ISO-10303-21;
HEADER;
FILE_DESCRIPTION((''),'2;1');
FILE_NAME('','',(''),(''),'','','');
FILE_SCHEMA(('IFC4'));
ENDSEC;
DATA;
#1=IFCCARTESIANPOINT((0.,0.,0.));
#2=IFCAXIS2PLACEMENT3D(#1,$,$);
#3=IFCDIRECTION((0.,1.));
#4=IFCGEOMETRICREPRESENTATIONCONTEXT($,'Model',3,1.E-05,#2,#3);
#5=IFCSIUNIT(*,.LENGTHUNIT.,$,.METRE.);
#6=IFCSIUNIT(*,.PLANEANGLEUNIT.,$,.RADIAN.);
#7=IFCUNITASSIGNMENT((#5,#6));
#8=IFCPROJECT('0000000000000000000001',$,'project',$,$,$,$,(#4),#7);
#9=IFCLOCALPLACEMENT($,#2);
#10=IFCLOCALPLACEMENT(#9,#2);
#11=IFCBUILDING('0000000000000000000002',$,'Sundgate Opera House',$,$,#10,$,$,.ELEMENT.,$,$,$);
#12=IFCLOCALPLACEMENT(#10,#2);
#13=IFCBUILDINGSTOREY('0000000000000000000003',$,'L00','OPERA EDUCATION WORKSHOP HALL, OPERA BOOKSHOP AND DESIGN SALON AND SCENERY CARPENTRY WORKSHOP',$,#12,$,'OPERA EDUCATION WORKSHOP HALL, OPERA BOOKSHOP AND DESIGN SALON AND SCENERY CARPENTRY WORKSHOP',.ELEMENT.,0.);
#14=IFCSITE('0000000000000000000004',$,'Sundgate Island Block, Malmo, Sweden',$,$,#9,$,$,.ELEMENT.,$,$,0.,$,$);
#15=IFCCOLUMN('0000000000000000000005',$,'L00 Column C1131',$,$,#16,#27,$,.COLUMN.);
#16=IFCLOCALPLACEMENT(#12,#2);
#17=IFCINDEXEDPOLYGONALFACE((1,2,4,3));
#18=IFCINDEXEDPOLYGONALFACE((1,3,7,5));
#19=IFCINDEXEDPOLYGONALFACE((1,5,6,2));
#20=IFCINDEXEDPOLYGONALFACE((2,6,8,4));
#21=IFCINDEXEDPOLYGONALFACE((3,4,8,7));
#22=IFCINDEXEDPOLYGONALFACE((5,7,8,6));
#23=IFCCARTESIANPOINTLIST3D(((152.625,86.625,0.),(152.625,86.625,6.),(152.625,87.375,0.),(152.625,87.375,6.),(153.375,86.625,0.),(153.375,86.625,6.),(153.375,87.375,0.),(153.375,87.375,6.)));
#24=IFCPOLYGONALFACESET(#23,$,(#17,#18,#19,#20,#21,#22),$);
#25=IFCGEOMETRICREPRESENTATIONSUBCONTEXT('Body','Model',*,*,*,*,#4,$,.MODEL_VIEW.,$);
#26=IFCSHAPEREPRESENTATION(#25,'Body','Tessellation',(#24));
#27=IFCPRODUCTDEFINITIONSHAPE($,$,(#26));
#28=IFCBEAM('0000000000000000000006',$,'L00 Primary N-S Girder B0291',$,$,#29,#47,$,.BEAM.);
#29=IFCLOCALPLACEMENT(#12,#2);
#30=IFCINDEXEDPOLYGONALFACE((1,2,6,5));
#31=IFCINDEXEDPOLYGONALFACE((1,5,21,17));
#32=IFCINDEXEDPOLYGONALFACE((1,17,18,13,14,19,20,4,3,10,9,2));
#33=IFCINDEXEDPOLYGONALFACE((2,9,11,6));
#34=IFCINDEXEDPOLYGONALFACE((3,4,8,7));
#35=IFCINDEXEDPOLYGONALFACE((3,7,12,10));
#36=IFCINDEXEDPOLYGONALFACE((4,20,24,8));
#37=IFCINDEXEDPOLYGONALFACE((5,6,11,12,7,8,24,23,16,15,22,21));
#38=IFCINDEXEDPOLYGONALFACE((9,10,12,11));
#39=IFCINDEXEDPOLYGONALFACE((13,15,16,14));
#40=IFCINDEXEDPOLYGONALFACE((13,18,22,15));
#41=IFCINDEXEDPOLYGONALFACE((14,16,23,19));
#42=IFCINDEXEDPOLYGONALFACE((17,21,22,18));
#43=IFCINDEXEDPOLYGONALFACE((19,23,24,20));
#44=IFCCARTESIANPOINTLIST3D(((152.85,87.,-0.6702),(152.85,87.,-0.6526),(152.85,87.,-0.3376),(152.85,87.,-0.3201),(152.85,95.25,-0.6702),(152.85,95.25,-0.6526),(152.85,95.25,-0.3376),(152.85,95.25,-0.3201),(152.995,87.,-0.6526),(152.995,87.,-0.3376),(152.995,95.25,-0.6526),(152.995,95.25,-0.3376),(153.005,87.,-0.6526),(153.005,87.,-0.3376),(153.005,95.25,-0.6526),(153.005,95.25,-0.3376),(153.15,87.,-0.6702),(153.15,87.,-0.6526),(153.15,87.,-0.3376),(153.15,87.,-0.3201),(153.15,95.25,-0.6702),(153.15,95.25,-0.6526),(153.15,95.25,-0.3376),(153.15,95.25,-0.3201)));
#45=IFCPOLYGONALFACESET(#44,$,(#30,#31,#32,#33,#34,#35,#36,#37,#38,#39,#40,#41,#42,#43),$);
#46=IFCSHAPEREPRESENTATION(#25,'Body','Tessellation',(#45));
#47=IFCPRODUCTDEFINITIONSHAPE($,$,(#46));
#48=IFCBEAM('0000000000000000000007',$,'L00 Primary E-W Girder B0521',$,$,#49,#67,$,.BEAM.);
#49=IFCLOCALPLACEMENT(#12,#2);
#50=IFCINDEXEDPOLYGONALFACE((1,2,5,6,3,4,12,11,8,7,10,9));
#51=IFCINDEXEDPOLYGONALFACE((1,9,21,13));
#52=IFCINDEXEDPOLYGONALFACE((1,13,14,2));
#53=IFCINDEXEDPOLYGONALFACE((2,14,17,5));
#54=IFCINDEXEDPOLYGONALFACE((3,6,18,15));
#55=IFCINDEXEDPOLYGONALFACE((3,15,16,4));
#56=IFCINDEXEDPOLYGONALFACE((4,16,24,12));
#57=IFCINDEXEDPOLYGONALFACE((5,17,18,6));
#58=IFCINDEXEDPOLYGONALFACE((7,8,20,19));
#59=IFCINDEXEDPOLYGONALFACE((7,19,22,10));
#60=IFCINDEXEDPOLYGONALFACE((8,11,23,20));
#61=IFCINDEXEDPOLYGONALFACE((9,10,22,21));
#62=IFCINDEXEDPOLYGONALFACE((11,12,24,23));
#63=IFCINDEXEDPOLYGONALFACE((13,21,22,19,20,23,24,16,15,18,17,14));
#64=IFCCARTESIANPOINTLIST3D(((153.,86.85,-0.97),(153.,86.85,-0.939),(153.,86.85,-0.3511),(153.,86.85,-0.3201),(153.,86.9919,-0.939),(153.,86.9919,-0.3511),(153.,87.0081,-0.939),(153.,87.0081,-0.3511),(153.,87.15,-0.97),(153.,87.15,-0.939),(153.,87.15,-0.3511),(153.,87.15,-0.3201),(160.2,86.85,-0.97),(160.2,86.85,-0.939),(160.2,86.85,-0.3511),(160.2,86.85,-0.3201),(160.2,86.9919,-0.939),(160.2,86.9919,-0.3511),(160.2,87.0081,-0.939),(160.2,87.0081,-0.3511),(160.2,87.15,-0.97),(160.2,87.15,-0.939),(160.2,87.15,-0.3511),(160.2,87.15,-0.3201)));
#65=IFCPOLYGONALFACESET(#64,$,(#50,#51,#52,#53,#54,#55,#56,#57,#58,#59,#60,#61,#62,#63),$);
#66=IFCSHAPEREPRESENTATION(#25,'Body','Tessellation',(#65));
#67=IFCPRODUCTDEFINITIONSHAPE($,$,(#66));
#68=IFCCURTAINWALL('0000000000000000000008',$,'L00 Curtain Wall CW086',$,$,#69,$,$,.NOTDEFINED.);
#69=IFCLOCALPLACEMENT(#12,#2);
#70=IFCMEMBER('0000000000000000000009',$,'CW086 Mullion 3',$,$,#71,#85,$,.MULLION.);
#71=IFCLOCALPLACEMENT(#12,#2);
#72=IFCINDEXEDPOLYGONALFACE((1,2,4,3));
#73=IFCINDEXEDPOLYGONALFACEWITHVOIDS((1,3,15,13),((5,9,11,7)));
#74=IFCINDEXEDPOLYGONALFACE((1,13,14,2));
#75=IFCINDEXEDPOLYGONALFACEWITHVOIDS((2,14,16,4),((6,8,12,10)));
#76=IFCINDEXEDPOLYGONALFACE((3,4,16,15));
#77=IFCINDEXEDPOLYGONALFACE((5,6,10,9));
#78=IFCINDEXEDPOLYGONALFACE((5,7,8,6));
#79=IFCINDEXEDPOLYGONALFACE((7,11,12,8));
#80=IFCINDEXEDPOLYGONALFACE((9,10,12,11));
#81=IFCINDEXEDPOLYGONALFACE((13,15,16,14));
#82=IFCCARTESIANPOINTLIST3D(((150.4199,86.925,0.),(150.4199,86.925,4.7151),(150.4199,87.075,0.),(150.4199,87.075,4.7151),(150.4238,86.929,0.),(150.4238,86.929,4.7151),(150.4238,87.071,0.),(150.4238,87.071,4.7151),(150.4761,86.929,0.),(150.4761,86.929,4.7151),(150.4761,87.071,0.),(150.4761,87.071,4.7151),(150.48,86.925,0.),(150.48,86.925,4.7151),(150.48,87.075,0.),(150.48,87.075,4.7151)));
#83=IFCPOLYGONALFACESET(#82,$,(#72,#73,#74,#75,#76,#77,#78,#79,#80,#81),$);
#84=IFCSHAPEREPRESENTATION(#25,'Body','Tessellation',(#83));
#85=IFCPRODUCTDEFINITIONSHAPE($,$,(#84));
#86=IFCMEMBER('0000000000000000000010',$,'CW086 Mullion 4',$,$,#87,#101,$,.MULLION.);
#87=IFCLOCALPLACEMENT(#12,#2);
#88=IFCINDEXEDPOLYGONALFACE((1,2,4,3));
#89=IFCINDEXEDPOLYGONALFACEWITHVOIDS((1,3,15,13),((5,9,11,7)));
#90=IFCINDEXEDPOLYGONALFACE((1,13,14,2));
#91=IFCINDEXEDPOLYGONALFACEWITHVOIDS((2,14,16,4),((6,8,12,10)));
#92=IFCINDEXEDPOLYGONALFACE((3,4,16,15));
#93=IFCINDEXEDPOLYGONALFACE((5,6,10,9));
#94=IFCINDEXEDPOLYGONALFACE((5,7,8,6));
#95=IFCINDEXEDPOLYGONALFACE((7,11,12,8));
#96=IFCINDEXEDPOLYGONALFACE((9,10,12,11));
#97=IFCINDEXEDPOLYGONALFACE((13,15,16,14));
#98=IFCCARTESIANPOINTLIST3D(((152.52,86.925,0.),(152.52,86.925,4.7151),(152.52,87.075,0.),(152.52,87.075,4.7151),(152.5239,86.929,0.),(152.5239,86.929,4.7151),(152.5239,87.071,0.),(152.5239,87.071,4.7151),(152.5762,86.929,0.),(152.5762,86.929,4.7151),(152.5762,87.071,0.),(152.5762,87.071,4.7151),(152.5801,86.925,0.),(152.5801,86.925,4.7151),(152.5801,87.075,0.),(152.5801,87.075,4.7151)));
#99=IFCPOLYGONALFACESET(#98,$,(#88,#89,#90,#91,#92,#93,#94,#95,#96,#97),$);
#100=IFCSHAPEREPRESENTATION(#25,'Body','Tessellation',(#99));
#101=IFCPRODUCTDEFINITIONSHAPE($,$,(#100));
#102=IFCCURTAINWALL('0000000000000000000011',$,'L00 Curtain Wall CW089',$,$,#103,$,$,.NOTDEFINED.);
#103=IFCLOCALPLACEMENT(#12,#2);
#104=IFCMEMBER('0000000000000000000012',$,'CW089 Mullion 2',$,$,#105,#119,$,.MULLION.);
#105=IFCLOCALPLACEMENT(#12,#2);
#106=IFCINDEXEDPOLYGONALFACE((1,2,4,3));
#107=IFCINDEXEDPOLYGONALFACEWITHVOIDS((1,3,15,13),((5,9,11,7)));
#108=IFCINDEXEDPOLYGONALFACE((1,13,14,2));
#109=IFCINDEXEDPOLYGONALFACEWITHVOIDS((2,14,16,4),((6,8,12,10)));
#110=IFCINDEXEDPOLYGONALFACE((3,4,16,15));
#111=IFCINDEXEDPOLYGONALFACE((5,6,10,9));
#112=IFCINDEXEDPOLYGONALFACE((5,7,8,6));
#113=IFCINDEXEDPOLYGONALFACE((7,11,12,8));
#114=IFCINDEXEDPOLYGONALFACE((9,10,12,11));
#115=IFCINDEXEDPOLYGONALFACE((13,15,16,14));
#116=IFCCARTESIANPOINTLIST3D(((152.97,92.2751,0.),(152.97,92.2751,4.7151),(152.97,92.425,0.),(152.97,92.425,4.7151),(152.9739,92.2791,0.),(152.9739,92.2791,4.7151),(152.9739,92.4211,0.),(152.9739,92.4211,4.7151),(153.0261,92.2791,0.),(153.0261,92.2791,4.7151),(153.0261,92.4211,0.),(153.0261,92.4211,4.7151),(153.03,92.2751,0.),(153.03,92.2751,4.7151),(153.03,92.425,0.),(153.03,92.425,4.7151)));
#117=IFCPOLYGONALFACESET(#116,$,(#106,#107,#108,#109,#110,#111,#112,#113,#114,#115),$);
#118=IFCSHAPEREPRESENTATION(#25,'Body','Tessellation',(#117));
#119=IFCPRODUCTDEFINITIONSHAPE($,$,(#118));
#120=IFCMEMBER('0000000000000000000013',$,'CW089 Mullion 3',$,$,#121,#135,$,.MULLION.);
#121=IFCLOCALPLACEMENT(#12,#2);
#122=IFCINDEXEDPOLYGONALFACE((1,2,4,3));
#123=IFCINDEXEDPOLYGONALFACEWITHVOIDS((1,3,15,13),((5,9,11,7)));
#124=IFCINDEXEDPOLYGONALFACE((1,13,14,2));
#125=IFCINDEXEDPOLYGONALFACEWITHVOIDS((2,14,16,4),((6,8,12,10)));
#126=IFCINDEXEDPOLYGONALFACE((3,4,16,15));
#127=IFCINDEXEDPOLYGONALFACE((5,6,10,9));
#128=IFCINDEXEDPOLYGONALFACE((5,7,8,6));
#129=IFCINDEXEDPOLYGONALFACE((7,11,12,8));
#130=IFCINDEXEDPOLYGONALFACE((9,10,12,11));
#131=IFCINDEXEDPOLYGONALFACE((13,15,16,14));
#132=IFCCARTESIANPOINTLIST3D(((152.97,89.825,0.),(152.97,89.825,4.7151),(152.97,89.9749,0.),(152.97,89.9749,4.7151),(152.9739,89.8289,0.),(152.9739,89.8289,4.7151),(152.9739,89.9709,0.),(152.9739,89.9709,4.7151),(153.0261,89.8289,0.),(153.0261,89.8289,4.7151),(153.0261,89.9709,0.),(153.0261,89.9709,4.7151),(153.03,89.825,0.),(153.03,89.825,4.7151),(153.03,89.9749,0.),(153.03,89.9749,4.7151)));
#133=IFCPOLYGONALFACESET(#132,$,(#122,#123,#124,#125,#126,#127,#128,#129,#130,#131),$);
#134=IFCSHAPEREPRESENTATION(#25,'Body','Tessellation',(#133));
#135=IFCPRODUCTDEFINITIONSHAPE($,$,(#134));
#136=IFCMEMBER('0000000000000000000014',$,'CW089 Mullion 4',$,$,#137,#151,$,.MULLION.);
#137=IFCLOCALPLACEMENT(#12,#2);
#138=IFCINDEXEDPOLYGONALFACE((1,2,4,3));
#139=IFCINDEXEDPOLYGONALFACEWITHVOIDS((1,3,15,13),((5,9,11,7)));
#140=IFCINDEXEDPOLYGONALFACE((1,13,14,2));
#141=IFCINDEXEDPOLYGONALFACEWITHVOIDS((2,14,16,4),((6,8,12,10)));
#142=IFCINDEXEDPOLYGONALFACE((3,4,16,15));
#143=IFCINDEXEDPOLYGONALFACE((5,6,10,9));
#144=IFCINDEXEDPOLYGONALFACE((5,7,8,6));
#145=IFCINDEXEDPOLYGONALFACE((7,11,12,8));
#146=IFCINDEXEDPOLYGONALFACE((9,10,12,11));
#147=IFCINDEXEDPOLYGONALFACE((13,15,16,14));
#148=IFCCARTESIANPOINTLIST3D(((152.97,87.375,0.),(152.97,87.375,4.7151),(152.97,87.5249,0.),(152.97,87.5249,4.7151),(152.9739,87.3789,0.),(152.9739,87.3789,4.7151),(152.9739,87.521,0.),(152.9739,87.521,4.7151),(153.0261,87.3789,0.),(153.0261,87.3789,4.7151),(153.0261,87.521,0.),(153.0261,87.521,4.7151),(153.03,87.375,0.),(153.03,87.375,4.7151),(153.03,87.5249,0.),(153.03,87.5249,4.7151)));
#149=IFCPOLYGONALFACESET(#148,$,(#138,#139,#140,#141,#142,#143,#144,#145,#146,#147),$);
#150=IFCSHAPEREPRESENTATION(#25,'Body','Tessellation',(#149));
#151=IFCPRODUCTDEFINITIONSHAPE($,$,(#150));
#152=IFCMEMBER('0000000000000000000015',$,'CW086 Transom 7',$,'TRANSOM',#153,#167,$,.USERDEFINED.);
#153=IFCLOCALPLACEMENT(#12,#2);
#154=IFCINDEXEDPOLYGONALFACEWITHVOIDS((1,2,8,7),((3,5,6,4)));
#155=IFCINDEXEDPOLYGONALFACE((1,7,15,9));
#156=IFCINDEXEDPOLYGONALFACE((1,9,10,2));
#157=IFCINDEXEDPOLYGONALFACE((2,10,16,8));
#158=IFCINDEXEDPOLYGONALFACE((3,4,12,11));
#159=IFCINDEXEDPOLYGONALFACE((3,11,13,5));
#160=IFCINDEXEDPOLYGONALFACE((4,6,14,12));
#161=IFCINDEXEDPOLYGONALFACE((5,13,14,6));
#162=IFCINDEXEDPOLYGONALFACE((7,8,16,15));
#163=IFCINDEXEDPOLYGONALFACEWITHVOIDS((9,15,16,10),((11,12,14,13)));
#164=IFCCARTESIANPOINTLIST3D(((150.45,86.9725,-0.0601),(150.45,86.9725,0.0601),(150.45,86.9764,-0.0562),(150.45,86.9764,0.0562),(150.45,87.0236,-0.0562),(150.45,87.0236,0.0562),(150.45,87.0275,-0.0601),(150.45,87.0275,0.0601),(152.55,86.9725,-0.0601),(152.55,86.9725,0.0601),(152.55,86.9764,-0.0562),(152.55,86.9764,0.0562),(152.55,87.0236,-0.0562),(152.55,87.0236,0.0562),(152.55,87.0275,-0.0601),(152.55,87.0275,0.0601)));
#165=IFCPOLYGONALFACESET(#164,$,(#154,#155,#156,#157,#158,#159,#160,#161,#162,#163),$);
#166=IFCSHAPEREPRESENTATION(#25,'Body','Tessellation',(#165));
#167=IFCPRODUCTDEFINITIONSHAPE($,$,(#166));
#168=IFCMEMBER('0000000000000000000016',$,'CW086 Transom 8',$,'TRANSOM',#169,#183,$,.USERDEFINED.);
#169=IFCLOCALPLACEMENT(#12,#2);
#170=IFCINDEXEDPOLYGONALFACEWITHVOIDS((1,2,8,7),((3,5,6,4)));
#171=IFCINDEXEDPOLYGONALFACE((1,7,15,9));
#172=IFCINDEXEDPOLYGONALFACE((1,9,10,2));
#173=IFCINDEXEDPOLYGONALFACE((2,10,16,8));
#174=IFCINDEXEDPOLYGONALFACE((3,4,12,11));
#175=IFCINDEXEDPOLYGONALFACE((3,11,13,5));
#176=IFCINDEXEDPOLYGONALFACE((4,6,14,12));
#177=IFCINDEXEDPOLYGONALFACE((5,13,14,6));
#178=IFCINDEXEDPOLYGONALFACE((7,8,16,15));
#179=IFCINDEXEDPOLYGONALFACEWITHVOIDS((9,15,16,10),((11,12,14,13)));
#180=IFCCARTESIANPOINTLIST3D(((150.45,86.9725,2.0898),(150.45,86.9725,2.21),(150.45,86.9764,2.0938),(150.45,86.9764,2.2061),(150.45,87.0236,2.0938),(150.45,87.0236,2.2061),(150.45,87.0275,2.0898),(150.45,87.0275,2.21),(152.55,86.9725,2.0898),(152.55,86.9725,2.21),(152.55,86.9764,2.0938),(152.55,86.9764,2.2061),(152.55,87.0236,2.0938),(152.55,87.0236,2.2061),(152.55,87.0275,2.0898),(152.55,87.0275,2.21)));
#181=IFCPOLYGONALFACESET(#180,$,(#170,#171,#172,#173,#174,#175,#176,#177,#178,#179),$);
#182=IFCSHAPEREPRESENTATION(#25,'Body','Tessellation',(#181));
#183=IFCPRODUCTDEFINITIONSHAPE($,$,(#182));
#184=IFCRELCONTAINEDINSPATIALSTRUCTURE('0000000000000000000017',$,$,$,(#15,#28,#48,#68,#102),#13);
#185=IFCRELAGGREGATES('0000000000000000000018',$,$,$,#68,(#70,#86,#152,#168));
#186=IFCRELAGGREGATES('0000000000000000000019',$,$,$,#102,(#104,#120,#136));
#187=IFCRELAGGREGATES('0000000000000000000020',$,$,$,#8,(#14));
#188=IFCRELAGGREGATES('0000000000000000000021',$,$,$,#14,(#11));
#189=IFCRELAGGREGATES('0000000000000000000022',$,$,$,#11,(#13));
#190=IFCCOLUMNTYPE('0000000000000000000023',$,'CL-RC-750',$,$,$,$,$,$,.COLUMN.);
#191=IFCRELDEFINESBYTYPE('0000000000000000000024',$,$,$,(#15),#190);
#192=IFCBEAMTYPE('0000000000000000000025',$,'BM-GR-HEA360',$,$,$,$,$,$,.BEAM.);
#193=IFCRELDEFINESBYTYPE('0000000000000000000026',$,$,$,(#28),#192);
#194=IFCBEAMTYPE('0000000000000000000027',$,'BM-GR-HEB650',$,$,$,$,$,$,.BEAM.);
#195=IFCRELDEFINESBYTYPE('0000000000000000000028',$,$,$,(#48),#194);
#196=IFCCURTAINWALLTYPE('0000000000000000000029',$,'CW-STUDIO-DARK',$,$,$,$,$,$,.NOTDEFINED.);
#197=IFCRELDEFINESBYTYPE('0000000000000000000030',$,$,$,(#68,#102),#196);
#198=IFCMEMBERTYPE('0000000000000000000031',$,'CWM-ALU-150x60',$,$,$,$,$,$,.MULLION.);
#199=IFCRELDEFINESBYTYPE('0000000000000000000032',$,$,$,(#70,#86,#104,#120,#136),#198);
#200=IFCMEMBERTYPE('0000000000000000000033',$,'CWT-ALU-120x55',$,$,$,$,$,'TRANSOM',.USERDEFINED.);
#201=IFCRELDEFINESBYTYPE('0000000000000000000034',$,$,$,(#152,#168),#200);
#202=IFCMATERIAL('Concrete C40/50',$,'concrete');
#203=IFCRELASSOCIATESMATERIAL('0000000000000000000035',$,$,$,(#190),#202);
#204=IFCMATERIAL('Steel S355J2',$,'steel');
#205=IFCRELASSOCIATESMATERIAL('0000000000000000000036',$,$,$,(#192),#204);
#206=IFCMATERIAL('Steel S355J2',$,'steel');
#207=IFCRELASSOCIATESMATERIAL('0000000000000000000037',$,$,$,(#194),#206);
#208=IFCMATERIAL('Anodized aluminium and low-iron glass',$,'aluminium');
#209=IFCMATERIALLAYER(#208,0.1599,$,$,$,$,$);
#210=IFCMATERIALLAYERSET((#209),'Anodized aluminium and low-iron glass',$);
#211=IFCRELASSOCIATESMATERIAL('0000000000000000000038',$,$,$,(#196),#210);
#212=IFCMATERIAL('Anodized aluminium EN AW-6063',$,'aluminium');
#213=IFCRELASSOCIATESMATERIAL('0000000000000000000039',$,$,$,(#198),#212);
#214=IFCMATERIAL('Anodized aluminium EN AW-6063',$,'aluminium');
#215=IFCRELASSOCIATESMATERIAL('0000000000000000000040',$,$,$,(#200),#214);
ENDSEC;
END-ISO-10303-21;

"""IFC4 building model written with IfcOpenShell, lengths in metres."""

from ifc_helpers import new_model, si_unit, direction, frame, origin, origin_2d, place, context, subcontext, project, spatial, rectangle, hollow_rectangle, i_section, extrude, material, layer, layer_set, material_profile, profile_set, type_object, element, aggregate, save


model = new_model("IFC4")

# Units and contexts
model_context = context("Model", 3, precision=1e-05, world=origin(), true_north=direction((0.0, 1.0)))
body_context = subcontext(model_context, "Body", "Model", "MODEL_VIEW")
ifc_project = project(units=[si_unit("LENGTHUNIT", "METRE"), si_unit("PLANEANGLEUNIT", "RADIAN")], contexts=[model_context])

# Site, building, storey
site_placement = place(None, origin())
site = spatial("IfcSite", under=ifc_project, at=site_placement, Name="Sundgate Island Block, Malmo, Sweden", CompositionType="ELEMENT", RefElevation=0.0)
building_placement = place(site_placement, origin())
building = spatial("IfcBuilding", under=site, at=building_placement, Name="Sundgate Opera House", CompositionType="ELEMENT")
storey_placement = place(building_placement, origin())
storey = spatial("IfcBuildingStorey", under=building, at=storey_placement, Name="L00", Description="OPERA EDUCATION WORKSHOP HALL, OPERA BOOKSHOP AND DESIGN SALON AND SCENERY CARPENTRY WORKSHOP", LongName="OPERA EDUCATION WORKSHOP HALL, OPERA BOOKSHOP AND DESIGN SALON AND SCENERY CARPENTRY WORKSHOP", CompositionType="ELEMENT", Elevation=0.0)

# Column
ifc_material_1 = material(Name="Concrete C40/50", Category="concrete")
ifc_material_profile_1 = material_profile(ifc_material_1, rectangle(XDim=0.75, YDim=0.75, at=origin_2d()), Name="RC 750x750")
ifc_profile_set_1 = profile_set([ifc_material_profile_1], Name="Concrete C40/50")
column_type = type_object("IfcColumnType", Name="CL-RC-750", PredefinedType="COLUMN", material=ifc_profile_set_1)
column_placement = place(storey_placement, frame((153.0, 87.0, 0.0), z_axis=(0.0, 0.0, 1.0), x_axis=(1.0, 0.0, 0.0)))
element("IfcColumn", 1, at=column_placement, inside=storey, type_object=column_type, Name="L00 Column C1131", PredefinedType="COLUMN", context=body_context, shape_type="SweptSolid", body=[
    extrude(rectangle(XDim=0.75, YDim=0.75, at=origin_2d()), origin(), (0.0, 0.0, 1.0), 6.0),
])

# Beams
ifc_material_2 = material(Name="Steel S355J2", Category="steel")
ifc_material_profile_2 = material_profile(ifc_material_2, i_section(OverallWidth=0.3, OverallDepth=0.3501, WebThickness=0.01, FlangeThickness=0.0176, at=origin_2d()), Name="HEA 360")
ifc_profile_set_2 = profile_set([ifc_material_profile_2], Name="Steel S355J2")
beam_type_1 = type_object("IfcBeamType", Name="BM-GR-HEA360", PredefinedType="BEAM", material=ifc_profile_set_2)
beam_1_placement = place(storey_placement, frame((153.0, 87.0, -0.4951), z_axis=(0.0, 1.0, 0.0), x_axis=(-1.0, 0.0, 0.0)))
element("IfcBeam", 2, at=beam_1_placement, inside=storey, type_object=beam_type_1, Name="L00 Primary N-S Girder B0291", PredefinedType="BEAM", context=body_context, shape_type="SweptSolid", body=[
    extrude(i_section(OverallWidth=0.3, OverallDepth=0.3501, WebThickness=0.01, FlangeThickness=0.0176, at=origin_2d()), origin(), (0.0, 0.0, 1.0), 8.25),
])
ifc_material_3 = material(Name="Steel S355J2", Category="steel")
ifc_material_profile_3 = material_profile(ifc_material_3, i_section(OverallWidth=0.3, OverallDepth=0.6499, WebThickness=0.0161, FlangeThickness=0.031, at=origin_2d()), Name="HEB 650")
ifc_profile_set_3 = profile_set([ifc_material_profile_3], Name="Steel S355J2")
beam_type_2 = type_object("IfcBeamType", Name="BM-GR-HEB650", PredefinedType="BEAM", material=ifc_profile_set_3)
beam_2_placement = place(storey_placement, frame((153.0, 87.0, -0.645), z_axis=(1.0, 0.0, 0.0), x_axis=(0.0, 1.0, 0.0)))
element("IfcBeam", 3, at=beam_2_placement, inside=storey, type_object=beam_type_2, Name="L00 Primary E-W Girder B0521", PredefinedType="BEAM", context=body_context, shape_type="SweptSolid", body=[
    extrude(i_section(OverallWidth=0.3, OverallDepth=0.6499, WebThickness=0.0161, FlangeThickness=0.031, at=origin_2d()), origin(), (0.0, 0.0, 1.0), 7.2),
])

# Curtain walls, members
ifc_material_4 = material(Name="Anodized aluminium and low-iron glass", Category="aluminium")
ifc_layer_1 = layer(ifc_material_4, 0.1599)
ifc_layer_set_1 = layer_set([ifc_layer_1], Name="Anodized aluminium and low-iron glass")
curtain_wall_type = type_object("IfcCurtainWallType", Name="CW-STUDIO-DARK", PredefinedType="NOTDEFINED", material=ifc_layer_set_1)
curtain_wall_1_placement = place(storey_placement, origin())
curtain_wall_1 = element("IfcCurtainWall", 4, at=curtain_wall_1_placement, inside=storey, type_object=curtain_wall_type, Name="L00 Curtain Wall CW086", PredefinedType="NOTDEFINED")
ifc_material_5 = material(Name="Anodized aluminium EN AW-6063", Category="aluminium")
ifc_material_profile_4 = material_profile(ifc_material_5, hollow_rectangle(XDim=0.0601, YDim=0.1499, WallThickness=0.0039, at=origin_2d()), Name="CWM 150x60x4")
ifc_profile_set_4 = profile_set([ifc_material_profile_4], Name="Anodized aluminium EN AW-6063")
member_type_1 = type_object("IfcMemberType", Name="CWM-ALU-150x60", PredefinedType="MULLION", material=ifc_profile_set_4)
member_1_placement = place(storey_placement, frame((150.45, 87.0, 0.0), z_axis=(0.0, 0.0, 1.0), x_axis=(1.0, 0.0, 0.0)))
member_1 = element("IfcMember", 5, at=member_1_placement, type_object=member_type_1, Name="CW086 Mullion 3", PredefinedType="MULLION", context=body_context, shape_type="SweptSolid", body=[
    extrude(hollow_rectangle(XDim=0.0601, YDim=0.1499, WallThickness=0.0039, at=origin_2d()), origin(), (0.0, 0.0, 1.0), 4.7151),
])
member_2_placement = place(storey_placement, frame((152.55, 87.0, 0.0), z_axis=(0.0, 0.0, 1.0), x_axis=(1.0, 0.0, 0.0)))
member_2 = element("IfcMember", 6, at=member_2_placement, type_object=member_type_1, Name="CW086 Mullion 4", PredefinedType="MULLION", context=body_context, shape_type="SweptSolid", body=[
    extrude(hollow_rectangle(XDim=0.0601, YDim=0.1499, WallThickness=0.0039, at=origin_2d()), origin(), (0.0, 0.0, 1.0), 4.7151),
])
curtain_wall_2_placement = place(storey_placement, origin())
curtain_wall_2 = element("IfcCurtainWall", 7, at=curtain_wall_2_placement, inside=storey, type_object=curtain_wall_type, Name="L00 Curtain Wall CW089", PredefinedType="NOTDEFINED")
member_3_placement = place(storey_placement, frame((153.0, 92.3501, 0.0), z_axis=(0.0, 0.0, 1.0), x_axis=(1.0, 0.0, 0.0)))
member_3 = element("IfcMember", 8, at=member_3_placement, type_object=member_type_1, Name="CW089 Mullion 2", PredefinedType="MULLION", context=body_context, shape_type="SweptSolid", body=[
    extrude(hollow_rectangle(XDim=0.0601, YDim=0.1499, WallThickness=0.0039, at=origin_2d()), origin(), (0.0, 0.0, 1.0), 4.7151),
])
member_4_placement = place(storey_placement, frame((153.0, 89.8999, 0.0), z_axis=(0.0, 0.0, 1.0), x_axis=(1.0, 0.0, 0.0)))
member_4 = element("IfcMember", 9, at=member_4_placement, type_object=member_type_1, Name="CW089 Mullion 3", PredefinedType="MULLION", context=body_context, shape_type="SweptSolid", body=[
    extrude(hollow_rectangle(XDim=0.0601, YDim=0.1499, WallThickness=0.0039, at=origin_2d()), origin(), (0.0, 0.0, 1.0), 4.7151),
])
member_5_placement = place(storey_placement, frame((153.0, 87.45, 0.0), z_axis=(0.0, 0.0, 1.0), x_axis=(1.0, 0.0, 0.0)))
member_5 = element("IfcMember", 10, at=member_5_placement, type_object=member_type_1, Name="CW089 Mullion 4", PredefinedType="MULLION", context=body_context, shape_type="SweptSolid", body=[
    extrude(hollow_rectangle(XDim=0.0601, YDim=0.1499, WallThickness=0.0039, at=origin_2d()), origin(), (0.0, 0.0, 1.0), 4.7151),
])

# Members
ifc_material_6 = material(Name="Anodized aluminium EN AW-6063", Category="aluminium")
ifc_material_profile_5 = material_profile(ifc_material_6, hollow_rectangle(XDim=0.0549, YDim=0.1201, WallThickness=0.0039, at=origin_2d()), Name="CWT 120x55x4")
ifc_profile_set_5 = profile_set([ifc_material_profile_5], Name="Anodized aluminium EN AW-6063")
member_type_2 = type_object("IfcMemberType", Name="CWT-ALU-120x55", ElementType="TRANSOM", PredefinedType="USERDEFINED", material=ifc_profile_set_5)
member_6_placement = place(storey_placement, frame((150.45, 87.0, 0.0), z_axis=(1.0, 0.0, 0.0), x_axis=(0.0, 1.0, 0.0)))
member_6 = element("IfcMember", 11, at=member_6_placement, type_object=member_type_2, Name="CW086 Transom 7", ObjectType="TRANSOM", PredefinedType="USERDEFINED", context=body_context, shape_type="SweptSolid", body=[
    extrude(hollow_rectangle(XDim=0.0549, YDim=0.1201, WallThickness=0.0039, at=origin_2d()), origin(), (0.0, 0.0, 1.0), 2.1001),
])
member_7_placement = place(storey_placement, frame((150.45, 87.0, 2.1499), z_axis=(1.0, 0.0, 0.0), x_axis=(0.0, 1.0, 0.0)))
member_7 = element("IfcMember", 12, at=member_7_placement, type_object=member_type_2, Name="CW086 Transom 8", ObjectType="TRANSOM", PredefinedType="USERDEFINED", context=body_context, shape_type="SweptSolid", body=[
    extrude(hollow_rectangle(XDim=0.0549, YDim=0.1201, WallThickness=0.0039, at=origin_2d()), origin(), (0.0, 0.0, 1.0), 2.1001),
])

aggregate(curtain_wall_1, [member_1, member_2, member_6, member_7])
aggregate(curtain_wall_2, [member_3, member_4, member_5])

save(model, "model.ifc")
